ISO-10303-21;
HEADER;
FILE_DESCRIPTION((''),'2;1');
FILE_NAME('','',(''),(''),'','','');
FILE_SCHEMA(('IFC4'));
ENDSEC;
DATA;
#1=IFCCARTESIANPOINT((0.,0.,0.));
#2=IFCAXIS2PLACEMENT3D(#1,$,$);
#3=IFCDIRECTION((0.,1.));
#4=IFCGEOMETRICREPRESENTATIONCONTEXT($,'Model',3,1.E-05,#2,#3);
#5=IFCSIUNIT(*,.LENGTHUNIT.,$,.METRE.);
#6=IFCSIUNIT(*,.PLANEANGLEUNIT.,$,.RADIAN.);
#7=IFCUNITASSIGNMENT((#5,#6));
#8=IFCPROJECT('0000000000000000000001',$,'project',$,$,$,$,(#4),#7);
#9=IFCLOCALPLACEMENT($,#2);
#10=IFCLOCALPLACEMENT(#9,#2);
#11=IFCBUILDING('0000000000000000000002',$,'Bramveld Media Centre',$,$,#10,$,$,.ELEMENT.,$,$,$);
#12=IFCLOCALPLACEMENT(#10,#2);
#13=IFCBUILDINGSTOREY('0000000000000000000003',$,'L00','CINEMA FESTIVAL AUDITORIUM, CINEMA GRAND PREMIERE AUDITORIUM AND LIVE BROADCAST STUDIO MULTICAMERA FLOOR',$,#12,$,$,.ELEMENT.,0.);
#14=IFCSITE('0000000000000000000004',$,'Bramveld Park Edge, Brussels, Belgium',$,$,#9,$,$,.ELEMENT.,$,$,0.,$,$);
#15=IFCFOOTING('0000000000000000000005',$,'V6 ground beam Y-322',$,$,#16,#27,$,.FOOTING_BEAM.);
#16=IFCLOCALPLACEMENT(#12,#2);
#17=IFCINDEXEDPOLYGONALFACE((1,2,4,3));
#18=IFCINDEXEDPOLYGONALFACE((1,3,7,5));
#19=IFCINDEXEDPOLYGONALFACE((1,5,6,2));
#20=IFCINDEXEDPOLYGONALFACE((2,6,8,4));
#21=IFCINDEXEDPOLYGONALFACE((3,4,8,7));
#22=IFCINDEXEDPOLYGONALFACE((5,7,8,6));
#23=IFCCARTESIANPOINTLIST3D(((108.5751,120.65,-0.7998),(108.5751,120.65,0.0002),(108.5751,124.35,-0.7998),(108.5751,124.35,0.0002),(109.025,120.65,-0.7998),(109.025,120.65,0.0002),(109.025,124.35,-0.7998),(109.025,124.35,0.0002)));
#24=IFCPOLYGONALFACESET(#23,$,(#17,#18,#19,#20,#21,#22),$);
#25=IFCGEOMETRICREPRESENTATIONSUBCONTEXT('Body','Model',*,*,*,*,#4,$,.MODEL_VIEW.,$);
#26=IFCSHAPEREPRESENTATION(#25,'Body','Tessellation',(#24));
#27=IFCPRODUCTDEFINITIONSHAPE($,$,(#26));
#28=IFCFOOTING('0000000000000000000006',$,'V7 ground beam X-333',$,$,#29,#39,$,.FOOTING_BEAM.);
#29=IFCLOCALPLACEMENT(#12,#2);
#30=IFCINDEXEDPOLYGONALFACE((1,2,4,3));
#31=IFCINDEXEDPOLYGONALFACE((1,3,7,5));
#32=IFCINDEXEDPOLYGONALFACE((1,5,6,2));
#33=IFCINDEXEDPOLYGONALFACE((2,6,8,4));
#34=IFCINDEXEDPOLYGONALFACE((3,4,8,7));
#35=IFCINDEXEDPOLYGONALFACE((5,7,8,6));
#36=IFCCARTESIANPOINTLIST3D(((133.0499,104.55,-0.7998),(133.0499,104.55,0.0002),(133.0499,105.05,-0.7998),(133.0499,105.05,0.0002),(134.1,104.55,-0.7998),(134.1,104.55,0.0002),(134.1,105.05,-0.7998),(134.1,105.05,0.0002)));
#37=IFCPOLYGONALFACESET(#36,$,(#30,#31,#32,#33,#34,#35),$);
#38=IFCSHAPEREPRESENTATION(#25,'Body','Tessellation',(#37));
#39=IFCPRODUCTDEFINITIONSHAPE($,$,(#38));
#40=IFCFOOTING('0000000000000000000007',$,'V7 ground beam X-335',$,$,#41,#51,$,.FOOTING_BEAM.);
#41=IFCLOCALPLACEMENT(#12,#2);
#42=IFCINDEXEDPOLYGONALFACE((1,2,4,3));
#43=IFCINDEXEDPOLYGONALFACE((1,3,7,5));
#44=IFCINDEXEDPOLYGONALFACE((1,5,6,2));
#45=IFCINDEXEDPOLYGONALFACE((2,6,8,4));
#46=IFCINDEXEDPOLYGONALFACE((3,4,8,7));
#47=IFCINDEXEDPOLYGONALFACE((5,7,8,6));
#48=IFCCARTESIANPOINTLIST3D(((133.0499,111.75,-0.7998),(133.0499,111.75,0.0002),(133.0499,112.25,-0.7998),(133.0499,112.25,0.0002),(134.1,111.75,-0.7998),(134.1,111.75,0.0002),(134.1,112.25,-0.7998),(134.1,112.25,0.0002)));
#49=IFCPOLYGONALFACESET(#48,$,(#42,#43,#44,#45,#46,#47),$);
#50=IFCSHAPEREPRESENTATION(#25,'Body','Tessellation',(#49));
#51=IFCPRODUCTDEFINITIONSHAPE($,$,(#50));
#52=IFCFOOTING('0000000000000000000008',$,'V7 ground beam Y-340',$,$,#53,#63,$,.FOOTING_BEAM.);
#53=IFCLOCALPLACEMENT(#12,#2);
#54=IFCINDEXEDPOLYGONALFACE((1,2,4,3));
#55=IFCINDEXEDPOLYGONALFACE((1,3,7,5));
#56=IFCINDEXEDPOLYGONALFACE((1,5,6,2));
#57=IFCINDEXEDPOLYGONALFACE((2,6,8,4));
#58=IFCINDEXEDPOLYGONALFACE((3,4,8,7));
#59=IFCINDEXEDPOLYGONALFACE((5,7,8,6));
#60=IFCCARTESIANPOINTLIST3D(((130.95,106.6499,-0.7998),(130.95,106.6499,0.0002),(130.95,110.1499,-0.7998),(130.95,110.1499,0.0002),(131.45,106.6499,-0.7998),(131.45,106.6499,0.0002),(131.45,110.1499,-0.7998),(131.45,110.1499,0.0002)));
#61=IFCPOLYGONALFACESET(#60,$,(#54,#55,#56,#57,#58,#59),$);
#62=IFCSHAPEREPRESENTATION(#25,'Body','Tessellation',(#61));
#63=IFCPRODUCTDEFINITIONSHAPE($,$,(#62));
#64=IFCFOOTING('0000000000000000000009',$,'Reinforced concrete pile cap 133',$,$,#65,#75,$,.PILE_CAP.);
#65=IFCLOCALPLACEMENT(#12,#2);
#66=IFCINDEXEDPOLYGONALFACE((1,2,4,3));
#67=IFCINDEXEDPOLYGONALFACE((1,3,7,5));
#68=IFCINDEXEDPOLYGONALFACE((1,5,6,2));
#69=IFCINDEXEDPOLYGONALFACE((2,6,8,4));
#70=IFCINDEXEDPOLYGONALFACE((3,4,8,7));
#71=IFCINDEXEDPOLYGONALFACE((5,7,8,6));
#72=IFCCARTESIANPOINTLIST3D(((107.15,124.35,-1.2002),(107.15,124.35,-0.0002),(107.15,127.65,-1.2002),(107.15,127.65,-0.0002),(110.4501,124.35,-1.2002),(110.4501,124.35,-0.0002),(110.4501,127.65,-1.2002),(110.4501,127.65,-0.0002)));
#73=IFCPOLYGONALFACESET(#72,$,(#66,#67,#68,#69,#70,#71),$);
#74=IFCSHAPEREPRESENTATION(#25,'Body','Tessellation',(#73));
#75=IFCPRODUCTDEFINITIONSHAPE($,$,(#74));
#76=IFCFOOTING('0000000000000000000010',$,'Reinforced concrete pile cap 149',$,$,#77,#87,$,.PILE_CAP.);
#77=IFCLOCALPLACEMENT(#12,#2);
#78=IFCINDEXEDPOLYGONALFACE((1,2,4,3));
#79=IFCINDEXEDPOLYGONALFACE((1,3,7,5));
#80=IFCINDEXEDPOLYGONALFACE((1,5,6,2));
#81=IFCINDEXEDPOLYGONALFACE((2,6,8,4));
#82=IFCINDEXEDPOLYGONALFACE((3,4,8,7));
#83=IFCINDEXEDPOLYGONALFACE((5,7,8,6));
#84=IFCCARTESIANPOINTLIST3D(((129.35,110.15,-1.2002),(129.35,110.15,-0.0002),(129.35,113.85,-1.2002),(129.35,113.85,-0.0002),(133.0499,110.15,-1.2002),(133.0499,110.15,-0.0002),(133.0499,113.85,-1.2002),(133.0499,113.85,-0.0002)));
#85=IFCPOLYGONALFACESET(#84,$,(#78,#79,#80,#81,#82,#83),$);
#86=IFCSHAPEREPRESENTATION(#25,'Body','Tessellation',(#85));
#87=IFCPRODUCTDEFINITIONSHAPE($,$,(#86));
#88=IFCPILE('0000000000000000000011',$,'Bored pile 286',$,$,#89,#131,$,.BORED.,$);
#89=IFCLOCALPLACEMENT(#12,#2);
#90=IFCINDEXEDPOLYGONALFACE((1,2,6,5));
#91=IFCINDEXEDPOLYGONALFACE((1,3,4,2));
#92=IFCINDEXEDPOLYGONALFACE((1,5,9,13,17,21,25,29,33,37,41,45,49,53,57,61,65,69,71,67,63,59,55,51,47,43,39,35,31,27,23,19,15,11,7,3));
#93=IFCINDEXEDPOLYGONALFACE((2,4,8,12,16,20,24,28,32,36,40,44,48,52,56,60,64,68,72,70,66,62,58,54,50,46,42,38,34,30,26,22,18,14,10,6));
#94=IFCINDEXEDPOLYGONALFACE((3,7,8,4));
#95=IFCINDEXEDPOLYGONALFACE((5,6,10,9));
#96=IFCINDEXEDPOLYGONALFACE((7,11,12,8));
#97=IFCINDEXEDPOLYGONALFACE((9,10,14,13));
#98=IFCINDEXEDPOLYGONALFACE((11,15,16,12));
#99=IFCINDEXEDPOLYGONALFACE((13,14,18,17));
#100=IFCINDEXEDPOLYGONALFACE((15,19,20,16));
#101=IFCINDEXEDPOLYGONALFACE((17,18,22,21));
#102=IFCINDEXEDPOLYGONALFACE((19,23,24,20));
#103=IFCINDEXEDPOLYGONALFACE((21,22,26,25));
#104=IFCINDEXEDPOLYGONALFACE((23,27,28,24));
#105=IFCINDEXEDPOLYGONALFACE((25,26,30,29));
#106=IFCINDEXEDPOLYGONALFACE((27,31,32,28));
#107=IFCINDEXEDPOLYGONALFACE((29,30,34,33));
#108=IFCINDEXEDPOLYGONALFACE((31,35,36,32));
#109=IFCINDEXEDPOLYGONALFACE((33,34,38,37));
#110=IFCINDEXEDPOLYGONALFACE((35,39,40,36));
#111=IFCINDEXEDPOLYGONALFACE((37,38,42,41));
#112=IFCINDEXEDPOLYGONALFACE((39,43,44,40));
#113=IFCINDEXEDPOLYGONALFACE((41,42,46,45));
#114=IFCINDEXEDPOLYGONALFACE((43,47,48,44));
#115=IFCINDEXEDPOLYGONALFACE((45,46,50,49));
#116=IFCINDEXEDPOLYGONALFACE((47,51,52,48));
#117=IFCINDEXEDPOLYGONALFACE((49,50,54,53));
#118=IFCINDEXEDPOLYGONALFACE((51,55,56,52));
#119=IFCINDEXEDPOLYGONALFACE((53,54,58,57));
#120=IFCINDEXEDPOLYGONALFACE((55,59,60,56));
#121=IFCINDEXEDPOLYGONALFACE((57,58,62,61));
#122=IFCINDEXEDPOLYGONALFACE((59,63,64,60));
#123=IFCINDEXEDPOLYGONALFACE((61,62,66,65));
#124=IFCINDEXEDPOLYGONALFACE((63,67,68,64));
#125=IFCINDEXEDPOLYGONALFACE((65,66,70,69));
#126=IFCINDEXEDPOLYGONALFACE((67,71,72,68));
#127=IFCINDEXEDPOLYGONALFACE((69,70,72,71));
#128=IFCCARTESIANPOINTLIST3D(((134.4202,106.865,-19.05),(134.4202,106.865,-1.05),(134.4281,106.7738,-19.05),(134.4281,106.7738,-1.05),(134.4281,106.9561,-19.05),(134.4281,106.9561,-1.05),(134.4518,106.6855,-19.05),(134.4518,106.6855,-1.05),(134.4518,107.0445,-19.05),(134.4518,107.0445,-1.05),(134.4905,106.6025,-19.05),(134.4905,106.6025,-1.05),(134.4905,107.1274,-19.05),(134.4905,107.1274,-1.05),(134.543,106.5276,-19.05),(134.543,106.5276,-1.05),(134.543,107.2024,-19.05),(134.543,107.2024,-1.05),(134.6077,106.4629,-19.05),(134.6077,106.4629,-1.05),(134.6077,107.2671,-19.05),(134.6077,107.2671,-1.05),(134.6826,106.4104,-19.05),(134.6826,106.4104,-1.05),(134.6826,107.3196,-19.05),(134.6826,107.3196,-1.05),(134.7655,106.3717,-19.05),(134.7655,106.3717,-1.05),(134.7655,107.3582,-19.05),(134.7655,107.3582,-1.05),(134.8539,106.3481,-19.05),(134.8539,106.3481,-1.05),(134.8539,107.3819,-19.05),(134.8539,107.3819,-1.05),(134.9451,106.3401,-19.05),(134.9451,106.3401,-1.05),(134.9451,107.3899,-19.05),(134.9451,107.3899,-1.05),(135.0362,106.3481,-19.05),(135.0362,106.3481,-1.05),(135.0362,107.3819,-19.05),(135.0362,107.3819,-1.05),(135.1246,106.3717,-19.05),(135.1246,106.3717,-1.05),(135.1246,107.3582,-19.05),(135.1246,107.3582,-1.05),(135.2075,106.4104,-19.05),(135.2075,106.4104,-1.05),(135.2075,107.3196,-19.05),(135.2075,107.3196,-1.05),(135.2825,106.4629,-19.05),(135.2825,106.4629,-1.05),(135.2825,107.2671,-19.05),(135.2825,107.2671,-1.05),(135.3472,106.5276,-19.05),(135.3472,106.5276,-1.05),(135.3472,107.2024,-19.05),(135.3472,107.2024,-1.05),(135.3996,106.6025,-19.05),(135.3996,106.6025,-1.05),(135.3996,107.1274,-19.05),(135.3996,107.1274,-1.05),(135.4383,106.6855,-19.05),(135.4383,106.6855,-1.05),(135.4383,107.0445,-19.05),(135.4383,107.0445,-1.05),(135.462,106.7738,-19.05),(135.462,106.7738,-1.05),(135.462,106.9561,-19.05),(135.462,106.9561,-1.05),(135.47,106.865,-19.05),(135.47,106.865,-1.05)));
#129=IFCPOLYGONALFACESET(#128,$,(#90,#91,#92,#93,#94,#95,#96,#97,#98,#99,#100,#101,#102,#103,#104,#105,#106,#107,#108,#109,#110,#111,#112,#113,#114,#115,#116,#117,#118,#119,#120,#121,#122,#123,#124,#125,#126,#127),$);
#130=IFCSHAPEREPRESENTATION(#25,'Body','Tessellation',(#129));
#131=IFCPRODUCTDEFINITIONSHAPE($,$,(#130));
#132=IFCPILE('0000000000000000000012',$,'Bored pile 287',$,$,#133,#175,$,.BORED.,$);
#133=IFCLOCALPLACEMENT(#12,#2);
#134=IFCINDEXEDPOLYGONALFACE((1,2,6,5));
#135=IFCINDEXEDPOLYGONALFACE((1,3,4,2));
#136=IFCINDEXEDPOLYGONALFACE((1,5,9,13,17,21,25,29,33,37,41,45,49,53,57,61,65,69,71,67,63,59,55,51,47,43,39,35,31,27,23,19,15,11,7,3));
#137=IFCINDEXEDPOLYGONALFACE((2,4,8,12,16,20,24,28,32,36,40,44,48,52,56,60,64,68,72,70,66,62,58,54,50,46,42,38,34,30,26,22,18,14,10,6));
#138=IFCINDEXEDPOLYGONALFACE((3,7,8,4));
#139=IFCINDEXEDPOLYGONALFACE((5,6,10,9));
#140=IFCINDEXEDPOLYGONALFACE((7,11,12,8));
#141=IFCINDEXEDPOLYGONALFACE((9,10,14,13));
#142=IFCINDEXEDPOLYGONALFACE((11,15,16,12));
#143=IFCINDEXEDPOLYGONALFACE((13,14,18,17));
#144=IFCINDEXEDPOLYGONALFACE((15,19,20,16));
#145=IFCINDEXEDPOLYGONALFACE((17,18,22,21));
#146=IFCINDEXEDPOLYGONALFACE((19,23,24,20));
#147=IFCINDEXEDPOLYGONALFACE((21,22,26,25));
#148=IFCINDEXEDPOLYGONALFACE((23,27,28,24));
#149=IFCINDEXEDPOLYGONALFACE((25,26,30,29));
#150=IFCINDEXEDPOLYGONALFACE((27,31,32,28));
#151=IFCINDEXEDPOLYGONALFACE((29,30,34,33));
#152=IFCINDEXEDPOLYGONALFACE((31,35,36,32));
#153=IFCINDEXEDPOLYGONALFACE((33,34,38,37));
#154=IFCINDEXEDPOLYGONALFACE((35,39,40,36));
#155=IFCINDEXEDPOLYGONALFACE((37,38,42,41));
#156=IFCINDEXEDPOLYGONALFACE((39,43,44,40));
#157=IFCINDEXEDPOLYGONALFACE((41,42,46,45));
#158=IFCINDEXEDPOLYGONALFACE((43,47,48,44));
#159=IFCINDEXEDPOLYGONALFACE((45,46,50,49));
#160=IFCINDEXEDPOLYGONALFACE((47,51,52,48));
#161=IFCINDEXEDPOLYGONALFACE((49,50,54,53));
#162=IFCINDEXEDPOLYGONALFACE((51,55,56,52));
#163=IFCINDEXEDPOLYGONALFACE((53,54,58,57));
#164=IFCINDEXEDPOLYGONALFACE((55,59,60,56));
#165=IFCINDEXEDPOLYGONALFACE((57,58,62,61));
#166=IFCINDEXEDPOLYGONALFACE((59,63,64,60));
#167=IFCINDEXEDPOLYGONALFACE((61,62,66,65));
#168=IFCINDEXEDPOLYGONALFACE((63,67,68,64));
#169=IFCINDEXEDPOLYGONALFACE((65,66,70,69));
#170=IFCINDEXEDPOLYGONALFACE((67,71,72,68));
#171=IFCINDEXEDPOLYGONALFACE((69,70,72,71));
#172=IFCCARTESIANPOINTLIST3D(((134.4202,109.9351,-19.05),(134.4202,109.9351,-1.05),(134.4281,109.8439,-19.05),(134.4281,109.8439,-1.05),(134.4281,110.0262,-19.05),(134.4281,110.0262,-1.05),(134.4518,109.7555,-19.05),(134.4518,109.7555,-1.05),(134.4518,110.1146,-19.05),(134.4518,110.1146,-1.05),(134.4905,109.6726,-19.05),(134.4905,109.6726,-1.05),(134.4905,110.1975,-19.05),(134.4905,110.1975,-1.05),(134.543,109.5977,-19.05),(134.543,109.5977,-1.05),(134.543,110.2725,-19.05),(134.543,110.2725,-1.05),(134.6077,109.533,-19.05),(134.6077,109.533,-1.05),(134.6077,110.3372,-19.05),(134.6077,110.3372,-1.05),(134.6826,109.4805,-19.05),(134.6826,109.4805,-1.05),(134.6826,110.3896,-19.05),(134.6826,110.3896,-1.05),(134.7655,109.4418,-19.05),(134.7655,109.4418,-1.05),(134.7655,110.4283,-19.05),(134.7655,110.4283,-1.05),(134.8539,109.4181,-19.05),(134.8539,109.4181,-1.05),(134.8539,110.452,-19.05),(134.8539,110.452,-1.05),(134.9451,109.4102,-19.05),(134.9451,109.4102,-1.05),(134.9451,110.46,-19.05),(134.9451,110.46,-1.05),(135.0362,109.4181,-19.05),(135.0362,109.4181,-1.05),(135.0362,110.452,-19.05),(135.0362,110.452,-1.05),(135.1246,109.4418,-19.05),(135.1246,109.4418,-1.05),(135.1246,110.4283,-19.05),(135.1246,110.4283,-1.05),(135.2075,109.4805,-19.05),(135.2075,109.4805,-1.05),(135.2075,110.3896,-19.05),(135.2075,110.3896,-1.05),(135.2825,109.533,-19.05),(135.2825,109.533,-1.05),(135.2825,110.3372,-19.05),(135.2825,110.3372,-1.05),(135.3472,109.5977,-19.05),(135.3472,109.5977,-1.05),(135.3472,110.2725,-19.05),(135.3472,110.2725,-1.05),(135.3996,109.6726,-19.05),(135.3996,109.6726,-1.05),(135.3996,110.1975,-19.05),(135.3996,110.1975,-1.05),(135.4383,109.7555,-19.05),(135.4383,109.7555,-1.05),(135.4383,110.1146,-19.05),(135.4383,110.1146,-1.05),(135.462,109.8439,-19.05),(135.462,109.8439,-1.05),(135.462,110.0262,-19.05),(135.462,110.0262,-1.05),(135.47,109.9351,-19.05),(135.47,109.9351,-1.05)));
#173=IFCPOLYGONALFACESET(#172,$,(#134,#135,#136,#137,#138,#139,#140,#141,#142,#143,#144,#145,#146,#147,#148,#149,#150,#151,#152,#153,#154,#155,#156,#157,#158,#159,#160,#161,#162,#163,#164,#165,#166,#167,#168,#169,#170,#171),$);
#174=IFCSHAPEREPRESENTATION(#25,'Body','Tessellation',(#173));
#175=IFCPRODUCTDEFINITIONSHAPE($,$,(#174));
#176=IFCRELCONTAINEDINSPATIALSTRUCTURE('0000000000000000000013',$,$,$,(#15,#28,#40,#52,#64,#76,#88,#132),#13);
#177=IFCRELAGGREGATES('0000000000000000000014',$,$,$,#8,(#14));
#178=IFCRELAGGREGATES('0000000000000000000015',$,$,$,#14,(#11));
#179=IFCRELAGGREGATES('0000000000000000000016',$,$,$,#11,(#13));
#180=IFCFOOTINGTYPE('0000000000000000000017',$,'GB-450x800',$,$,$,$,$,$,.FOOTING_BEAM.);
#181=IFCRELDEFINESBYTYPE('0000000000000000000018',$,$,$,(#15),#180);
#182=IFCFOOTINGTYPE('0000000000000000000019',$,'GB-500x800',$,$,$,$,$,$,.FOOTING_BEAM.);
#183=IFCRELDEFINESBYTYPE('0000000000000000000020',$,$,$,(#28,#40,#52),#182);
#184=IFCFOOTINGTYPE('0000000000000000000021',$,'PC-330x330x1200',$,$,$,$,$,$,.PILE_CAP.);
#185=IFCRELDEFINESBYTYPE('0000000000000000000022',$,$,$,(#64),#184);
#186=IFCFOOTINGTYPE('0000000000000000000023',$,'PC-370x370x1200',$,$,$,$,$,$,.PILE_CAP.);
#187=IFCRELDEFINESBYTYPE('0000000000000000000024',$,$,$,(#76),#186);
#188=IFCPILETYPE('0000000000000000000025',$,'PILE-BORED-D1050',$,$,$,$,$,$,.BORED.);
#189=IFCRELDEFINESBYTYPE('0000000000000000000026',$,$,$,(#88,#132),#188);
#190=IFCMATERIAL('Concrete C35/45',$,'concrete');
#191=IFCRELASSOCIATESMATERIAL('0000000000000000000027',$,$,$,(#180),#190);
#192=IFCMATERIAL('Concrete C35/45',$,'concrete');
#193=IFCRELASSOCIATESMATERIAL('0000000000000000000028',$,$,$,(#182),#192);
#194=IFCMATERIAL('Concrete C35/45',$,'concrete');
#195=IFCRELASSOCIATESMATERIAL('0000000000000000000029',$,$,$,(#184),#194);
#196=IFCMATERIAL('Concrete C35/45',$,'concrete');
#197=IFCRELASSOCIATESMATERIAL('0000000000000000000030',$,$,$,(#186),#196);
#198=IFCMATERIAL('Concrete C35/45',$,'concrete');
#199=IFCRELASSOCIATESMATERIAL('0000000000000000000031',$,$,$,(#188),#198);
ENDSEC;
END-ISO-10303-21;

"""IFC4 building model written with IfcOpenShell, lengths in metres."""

from ifc_helpers import new_model, si_unit, direction, frame, origin, origin_2d, place, context, subcontext, project, spatial, rectangle, circle, extrude, material, material_profile, profile_set, type_object, element, save


model = new_model("IFC4")

# Units and contexts
model_context = context("Model", 3, precision=1e-05, world=origin(), true_north=direction((0.0, 1.0)))
body_context = subcontext(model_context, "Body", "Model", "MODEL_VIEW")
ifc_project = project(units=[si_unit("LENGTHUNIT", "METRE"), si_unit("PLANEANGLEUNIT", "RADIAN")], contexts=[model_context])

# Site, building, storey
site_placement = place(None, origin())
site = spatial("IfcSite", under=ifc_project, at=site_placement, Name="Bramveld Park Edge, Brussels, Belgium", CompositionType="ELEMENT", RefElevation=0.0)
building_placement = place(site_placement, origin())
building = spatial("IfcBuilding", under=site, at=building_placement, Name="Bramveld Media Centre", CompositionType="ELEMENT")
storey_placement = place(building_placement, origin())
storey = spatial("IfcBuildingStorey", under=building, at=storey_placement, Name="L00", Description="CINEMA FESTIVAL AUDITORIUM, CINEMA GRAND PREMIERE AUDITORIUM AND LIVE BROADCAST STUDIO MULTICAMERA FLOOR", CompositionType="ELEMENT", Elevation=0.0)

# Footings
ifc_material_1 = material(Name="Concrete C35/45", Category="concrete")
footing_type_1 = type_object("IfcFootingType", Name="GB-450x800", PredefinedType="FOOTING_BEAM", material=ifc_material_1)
footing_1_placement = place(storey_placement, frame((108.8, 122.5, -0.7998), z_axis=(0.0, 0.0, 1.0), x_axis=(1.0, 0.0, 0.0)))
element("IfcFooting", 1, at=footing_1_placement, inside=storey, type_object=footing_type_1, Name="V6 ground beam Y-322", PredefinedType="FOOTING_BEAM", context=body_context, shape_type="SweptSolid", body=[
    extrude(rectangle(XDim=0.45, YDim=3.7, at=origin_2d()), origin(), (0.0, 0.0, 1.0), 0.8),
])
ifc_material_2 = material(Name="Concrete C35/45", Category="concrete")
footing_type_2 = type_object("IfcFootingType", Name="GB-500x800", PredefinedType="FOOTING_BEAM", material=ifc_material_2)
for number, where, z_axis, x_axis, name in (
    (2, (133.575, 104.8, -0.7998), (0.0, 0.0, 1.0), (1.0, 0.0, 0.0), "V7 ground beam X-333"),
    (3, (133.575, 112.0, -0.7998), (0.0, 0.0, 1.0), (1.0, 0.0, 0.0), "V7 ground beam X-335"),
):
    element("IfcFooting", number, at=place(storey_placement, frame(where, z_axis=z_axis, x_axis=x_axis)), inside=storey, type_object=footing_type_2, Name=name, PredefinedType="FOOTING_BEAM", context=body_context, shape_type="SweptSolid", body=[
        extrude(rectangle(XDim=1.05, YDim=0.5, at=origin_2d()), origin(), (0.0, 0.0, 1.0), 0.8),
    ])
footing_2_placement = place(storey_placement, frame((131.2, 108.3999, -0.7998), z_axis=(0.0, 0.0, 1.0), x_axis=(1.0, 0.0, 0.0)))
element("IfcFooting", 4, at=footing_2_placement, inside=storey, type_object=footing_type_2, Name="V7 ground beam Y-340", PredefinedType="FOOTING_BEAM", context=body_context, shape_type="SweptSolid", body=[
    extrude(rectangle(XDim=0.5, YDim=3.5, at=origin_2d()), origin(), (0.0, 0.0, 1.0), 0.8),
])
ifc_material_3 = material(Name="Concrete C35/45", Category="concrete")
footing_type_3 = type_object("IfcFootingType", Name="PC-330x330x1200", PredefinedType="PILE_CAP", material=ifc_material_3)
footing_3_placement = place(storey_placement, frame((108.8, 126.0, -1.2002), z_axis=(0.0, 0.0, 1.0), x_axis=(1.0, 0.0, 0.0)))
element("IfcFooting", 5, at=footing_3_placement, inside=storey, type_object=footing_type_3, Name="Reinforced concrete pile cap 133", PredefinedType="PILE_CAP", context=body_context, shape_type="SweptSolid", body=[
    extrude(rectangle(XDim=3.3, YDim=3.3, at=origin_2d()), origin(), (0.0, 0.0, 1.0), 1.2),
])
ifc_material_4 = material(Name="Concrete C35/45", Category="concrete")
footing_type_4 = type_object("IfcFootingType", Name="PC-370x370x1200", PredefinedType="PILE_CAP", material=ifc_material_4)
footing_4_placement = place(storey_placement, frame((131.2, 112.0, -1.2002), z_axis=(0.0, 0.0, 1.0), x_axis=(1.0, 0.0, 0.0)))
element("IfcFooting", 6, at=footing_4_placement, inside=storey, type_object=footing_type_4, Name="Reinforced concrete pile cap 149", PredefinedType="PILE_CAP", context=body_context, shape_type="SweptSolid", body=[
    extrude(rectangle(XDim=3.7, YDim=3.7, at=origin_2d()), origin(), (0.0, 0.0, 1.0), 1.2),
])

# Piles
ifc_material_5 = material(Name="Concrete C35/45", Category="concrete")
ifc_material_profile_1 = material_profile(ifc_material_5, circle(Radius=0.5249, at=origin_2d()), Name="BORED D1050")
ifc_profile_set_1 = profile_set([ifc_material_profile_1], Name="Concrete C35/45")
pile_type_1 = type_object("IfcPileType", Name="PILE-BORED-D1050", PredefinedType="BORED", material=ifc_profile_set_1)
for number, where, z_axis, x_axis, name in (
    (7, (134.9451, 106.865, -1.05), (0.0, 0.0, -1.0), (1.0, 0.0, 0.0), "Bored pile 286"),
    (8, (134.9451, 109.9351, -1.05), (0.0, 0.0, -1.0), (1.0, 0.0, 0.0), "Bored pile 287"),
):
    element("IfcPile", number, at=place(storey_placement, frame(where, z_axis=z_axis, x_axis=x_axis)), inside=storey, type_object=pile_type_1, Name=name, PredefinedType="BORED", context=body_context, shape_type="SweptSolid", body=[
        extrude(circle(Radius=0.5249, at=origin_2d()), origin(), (0.0, 0.0, 1.0), 18.0),
    ])

save(model, "model.ifc")
